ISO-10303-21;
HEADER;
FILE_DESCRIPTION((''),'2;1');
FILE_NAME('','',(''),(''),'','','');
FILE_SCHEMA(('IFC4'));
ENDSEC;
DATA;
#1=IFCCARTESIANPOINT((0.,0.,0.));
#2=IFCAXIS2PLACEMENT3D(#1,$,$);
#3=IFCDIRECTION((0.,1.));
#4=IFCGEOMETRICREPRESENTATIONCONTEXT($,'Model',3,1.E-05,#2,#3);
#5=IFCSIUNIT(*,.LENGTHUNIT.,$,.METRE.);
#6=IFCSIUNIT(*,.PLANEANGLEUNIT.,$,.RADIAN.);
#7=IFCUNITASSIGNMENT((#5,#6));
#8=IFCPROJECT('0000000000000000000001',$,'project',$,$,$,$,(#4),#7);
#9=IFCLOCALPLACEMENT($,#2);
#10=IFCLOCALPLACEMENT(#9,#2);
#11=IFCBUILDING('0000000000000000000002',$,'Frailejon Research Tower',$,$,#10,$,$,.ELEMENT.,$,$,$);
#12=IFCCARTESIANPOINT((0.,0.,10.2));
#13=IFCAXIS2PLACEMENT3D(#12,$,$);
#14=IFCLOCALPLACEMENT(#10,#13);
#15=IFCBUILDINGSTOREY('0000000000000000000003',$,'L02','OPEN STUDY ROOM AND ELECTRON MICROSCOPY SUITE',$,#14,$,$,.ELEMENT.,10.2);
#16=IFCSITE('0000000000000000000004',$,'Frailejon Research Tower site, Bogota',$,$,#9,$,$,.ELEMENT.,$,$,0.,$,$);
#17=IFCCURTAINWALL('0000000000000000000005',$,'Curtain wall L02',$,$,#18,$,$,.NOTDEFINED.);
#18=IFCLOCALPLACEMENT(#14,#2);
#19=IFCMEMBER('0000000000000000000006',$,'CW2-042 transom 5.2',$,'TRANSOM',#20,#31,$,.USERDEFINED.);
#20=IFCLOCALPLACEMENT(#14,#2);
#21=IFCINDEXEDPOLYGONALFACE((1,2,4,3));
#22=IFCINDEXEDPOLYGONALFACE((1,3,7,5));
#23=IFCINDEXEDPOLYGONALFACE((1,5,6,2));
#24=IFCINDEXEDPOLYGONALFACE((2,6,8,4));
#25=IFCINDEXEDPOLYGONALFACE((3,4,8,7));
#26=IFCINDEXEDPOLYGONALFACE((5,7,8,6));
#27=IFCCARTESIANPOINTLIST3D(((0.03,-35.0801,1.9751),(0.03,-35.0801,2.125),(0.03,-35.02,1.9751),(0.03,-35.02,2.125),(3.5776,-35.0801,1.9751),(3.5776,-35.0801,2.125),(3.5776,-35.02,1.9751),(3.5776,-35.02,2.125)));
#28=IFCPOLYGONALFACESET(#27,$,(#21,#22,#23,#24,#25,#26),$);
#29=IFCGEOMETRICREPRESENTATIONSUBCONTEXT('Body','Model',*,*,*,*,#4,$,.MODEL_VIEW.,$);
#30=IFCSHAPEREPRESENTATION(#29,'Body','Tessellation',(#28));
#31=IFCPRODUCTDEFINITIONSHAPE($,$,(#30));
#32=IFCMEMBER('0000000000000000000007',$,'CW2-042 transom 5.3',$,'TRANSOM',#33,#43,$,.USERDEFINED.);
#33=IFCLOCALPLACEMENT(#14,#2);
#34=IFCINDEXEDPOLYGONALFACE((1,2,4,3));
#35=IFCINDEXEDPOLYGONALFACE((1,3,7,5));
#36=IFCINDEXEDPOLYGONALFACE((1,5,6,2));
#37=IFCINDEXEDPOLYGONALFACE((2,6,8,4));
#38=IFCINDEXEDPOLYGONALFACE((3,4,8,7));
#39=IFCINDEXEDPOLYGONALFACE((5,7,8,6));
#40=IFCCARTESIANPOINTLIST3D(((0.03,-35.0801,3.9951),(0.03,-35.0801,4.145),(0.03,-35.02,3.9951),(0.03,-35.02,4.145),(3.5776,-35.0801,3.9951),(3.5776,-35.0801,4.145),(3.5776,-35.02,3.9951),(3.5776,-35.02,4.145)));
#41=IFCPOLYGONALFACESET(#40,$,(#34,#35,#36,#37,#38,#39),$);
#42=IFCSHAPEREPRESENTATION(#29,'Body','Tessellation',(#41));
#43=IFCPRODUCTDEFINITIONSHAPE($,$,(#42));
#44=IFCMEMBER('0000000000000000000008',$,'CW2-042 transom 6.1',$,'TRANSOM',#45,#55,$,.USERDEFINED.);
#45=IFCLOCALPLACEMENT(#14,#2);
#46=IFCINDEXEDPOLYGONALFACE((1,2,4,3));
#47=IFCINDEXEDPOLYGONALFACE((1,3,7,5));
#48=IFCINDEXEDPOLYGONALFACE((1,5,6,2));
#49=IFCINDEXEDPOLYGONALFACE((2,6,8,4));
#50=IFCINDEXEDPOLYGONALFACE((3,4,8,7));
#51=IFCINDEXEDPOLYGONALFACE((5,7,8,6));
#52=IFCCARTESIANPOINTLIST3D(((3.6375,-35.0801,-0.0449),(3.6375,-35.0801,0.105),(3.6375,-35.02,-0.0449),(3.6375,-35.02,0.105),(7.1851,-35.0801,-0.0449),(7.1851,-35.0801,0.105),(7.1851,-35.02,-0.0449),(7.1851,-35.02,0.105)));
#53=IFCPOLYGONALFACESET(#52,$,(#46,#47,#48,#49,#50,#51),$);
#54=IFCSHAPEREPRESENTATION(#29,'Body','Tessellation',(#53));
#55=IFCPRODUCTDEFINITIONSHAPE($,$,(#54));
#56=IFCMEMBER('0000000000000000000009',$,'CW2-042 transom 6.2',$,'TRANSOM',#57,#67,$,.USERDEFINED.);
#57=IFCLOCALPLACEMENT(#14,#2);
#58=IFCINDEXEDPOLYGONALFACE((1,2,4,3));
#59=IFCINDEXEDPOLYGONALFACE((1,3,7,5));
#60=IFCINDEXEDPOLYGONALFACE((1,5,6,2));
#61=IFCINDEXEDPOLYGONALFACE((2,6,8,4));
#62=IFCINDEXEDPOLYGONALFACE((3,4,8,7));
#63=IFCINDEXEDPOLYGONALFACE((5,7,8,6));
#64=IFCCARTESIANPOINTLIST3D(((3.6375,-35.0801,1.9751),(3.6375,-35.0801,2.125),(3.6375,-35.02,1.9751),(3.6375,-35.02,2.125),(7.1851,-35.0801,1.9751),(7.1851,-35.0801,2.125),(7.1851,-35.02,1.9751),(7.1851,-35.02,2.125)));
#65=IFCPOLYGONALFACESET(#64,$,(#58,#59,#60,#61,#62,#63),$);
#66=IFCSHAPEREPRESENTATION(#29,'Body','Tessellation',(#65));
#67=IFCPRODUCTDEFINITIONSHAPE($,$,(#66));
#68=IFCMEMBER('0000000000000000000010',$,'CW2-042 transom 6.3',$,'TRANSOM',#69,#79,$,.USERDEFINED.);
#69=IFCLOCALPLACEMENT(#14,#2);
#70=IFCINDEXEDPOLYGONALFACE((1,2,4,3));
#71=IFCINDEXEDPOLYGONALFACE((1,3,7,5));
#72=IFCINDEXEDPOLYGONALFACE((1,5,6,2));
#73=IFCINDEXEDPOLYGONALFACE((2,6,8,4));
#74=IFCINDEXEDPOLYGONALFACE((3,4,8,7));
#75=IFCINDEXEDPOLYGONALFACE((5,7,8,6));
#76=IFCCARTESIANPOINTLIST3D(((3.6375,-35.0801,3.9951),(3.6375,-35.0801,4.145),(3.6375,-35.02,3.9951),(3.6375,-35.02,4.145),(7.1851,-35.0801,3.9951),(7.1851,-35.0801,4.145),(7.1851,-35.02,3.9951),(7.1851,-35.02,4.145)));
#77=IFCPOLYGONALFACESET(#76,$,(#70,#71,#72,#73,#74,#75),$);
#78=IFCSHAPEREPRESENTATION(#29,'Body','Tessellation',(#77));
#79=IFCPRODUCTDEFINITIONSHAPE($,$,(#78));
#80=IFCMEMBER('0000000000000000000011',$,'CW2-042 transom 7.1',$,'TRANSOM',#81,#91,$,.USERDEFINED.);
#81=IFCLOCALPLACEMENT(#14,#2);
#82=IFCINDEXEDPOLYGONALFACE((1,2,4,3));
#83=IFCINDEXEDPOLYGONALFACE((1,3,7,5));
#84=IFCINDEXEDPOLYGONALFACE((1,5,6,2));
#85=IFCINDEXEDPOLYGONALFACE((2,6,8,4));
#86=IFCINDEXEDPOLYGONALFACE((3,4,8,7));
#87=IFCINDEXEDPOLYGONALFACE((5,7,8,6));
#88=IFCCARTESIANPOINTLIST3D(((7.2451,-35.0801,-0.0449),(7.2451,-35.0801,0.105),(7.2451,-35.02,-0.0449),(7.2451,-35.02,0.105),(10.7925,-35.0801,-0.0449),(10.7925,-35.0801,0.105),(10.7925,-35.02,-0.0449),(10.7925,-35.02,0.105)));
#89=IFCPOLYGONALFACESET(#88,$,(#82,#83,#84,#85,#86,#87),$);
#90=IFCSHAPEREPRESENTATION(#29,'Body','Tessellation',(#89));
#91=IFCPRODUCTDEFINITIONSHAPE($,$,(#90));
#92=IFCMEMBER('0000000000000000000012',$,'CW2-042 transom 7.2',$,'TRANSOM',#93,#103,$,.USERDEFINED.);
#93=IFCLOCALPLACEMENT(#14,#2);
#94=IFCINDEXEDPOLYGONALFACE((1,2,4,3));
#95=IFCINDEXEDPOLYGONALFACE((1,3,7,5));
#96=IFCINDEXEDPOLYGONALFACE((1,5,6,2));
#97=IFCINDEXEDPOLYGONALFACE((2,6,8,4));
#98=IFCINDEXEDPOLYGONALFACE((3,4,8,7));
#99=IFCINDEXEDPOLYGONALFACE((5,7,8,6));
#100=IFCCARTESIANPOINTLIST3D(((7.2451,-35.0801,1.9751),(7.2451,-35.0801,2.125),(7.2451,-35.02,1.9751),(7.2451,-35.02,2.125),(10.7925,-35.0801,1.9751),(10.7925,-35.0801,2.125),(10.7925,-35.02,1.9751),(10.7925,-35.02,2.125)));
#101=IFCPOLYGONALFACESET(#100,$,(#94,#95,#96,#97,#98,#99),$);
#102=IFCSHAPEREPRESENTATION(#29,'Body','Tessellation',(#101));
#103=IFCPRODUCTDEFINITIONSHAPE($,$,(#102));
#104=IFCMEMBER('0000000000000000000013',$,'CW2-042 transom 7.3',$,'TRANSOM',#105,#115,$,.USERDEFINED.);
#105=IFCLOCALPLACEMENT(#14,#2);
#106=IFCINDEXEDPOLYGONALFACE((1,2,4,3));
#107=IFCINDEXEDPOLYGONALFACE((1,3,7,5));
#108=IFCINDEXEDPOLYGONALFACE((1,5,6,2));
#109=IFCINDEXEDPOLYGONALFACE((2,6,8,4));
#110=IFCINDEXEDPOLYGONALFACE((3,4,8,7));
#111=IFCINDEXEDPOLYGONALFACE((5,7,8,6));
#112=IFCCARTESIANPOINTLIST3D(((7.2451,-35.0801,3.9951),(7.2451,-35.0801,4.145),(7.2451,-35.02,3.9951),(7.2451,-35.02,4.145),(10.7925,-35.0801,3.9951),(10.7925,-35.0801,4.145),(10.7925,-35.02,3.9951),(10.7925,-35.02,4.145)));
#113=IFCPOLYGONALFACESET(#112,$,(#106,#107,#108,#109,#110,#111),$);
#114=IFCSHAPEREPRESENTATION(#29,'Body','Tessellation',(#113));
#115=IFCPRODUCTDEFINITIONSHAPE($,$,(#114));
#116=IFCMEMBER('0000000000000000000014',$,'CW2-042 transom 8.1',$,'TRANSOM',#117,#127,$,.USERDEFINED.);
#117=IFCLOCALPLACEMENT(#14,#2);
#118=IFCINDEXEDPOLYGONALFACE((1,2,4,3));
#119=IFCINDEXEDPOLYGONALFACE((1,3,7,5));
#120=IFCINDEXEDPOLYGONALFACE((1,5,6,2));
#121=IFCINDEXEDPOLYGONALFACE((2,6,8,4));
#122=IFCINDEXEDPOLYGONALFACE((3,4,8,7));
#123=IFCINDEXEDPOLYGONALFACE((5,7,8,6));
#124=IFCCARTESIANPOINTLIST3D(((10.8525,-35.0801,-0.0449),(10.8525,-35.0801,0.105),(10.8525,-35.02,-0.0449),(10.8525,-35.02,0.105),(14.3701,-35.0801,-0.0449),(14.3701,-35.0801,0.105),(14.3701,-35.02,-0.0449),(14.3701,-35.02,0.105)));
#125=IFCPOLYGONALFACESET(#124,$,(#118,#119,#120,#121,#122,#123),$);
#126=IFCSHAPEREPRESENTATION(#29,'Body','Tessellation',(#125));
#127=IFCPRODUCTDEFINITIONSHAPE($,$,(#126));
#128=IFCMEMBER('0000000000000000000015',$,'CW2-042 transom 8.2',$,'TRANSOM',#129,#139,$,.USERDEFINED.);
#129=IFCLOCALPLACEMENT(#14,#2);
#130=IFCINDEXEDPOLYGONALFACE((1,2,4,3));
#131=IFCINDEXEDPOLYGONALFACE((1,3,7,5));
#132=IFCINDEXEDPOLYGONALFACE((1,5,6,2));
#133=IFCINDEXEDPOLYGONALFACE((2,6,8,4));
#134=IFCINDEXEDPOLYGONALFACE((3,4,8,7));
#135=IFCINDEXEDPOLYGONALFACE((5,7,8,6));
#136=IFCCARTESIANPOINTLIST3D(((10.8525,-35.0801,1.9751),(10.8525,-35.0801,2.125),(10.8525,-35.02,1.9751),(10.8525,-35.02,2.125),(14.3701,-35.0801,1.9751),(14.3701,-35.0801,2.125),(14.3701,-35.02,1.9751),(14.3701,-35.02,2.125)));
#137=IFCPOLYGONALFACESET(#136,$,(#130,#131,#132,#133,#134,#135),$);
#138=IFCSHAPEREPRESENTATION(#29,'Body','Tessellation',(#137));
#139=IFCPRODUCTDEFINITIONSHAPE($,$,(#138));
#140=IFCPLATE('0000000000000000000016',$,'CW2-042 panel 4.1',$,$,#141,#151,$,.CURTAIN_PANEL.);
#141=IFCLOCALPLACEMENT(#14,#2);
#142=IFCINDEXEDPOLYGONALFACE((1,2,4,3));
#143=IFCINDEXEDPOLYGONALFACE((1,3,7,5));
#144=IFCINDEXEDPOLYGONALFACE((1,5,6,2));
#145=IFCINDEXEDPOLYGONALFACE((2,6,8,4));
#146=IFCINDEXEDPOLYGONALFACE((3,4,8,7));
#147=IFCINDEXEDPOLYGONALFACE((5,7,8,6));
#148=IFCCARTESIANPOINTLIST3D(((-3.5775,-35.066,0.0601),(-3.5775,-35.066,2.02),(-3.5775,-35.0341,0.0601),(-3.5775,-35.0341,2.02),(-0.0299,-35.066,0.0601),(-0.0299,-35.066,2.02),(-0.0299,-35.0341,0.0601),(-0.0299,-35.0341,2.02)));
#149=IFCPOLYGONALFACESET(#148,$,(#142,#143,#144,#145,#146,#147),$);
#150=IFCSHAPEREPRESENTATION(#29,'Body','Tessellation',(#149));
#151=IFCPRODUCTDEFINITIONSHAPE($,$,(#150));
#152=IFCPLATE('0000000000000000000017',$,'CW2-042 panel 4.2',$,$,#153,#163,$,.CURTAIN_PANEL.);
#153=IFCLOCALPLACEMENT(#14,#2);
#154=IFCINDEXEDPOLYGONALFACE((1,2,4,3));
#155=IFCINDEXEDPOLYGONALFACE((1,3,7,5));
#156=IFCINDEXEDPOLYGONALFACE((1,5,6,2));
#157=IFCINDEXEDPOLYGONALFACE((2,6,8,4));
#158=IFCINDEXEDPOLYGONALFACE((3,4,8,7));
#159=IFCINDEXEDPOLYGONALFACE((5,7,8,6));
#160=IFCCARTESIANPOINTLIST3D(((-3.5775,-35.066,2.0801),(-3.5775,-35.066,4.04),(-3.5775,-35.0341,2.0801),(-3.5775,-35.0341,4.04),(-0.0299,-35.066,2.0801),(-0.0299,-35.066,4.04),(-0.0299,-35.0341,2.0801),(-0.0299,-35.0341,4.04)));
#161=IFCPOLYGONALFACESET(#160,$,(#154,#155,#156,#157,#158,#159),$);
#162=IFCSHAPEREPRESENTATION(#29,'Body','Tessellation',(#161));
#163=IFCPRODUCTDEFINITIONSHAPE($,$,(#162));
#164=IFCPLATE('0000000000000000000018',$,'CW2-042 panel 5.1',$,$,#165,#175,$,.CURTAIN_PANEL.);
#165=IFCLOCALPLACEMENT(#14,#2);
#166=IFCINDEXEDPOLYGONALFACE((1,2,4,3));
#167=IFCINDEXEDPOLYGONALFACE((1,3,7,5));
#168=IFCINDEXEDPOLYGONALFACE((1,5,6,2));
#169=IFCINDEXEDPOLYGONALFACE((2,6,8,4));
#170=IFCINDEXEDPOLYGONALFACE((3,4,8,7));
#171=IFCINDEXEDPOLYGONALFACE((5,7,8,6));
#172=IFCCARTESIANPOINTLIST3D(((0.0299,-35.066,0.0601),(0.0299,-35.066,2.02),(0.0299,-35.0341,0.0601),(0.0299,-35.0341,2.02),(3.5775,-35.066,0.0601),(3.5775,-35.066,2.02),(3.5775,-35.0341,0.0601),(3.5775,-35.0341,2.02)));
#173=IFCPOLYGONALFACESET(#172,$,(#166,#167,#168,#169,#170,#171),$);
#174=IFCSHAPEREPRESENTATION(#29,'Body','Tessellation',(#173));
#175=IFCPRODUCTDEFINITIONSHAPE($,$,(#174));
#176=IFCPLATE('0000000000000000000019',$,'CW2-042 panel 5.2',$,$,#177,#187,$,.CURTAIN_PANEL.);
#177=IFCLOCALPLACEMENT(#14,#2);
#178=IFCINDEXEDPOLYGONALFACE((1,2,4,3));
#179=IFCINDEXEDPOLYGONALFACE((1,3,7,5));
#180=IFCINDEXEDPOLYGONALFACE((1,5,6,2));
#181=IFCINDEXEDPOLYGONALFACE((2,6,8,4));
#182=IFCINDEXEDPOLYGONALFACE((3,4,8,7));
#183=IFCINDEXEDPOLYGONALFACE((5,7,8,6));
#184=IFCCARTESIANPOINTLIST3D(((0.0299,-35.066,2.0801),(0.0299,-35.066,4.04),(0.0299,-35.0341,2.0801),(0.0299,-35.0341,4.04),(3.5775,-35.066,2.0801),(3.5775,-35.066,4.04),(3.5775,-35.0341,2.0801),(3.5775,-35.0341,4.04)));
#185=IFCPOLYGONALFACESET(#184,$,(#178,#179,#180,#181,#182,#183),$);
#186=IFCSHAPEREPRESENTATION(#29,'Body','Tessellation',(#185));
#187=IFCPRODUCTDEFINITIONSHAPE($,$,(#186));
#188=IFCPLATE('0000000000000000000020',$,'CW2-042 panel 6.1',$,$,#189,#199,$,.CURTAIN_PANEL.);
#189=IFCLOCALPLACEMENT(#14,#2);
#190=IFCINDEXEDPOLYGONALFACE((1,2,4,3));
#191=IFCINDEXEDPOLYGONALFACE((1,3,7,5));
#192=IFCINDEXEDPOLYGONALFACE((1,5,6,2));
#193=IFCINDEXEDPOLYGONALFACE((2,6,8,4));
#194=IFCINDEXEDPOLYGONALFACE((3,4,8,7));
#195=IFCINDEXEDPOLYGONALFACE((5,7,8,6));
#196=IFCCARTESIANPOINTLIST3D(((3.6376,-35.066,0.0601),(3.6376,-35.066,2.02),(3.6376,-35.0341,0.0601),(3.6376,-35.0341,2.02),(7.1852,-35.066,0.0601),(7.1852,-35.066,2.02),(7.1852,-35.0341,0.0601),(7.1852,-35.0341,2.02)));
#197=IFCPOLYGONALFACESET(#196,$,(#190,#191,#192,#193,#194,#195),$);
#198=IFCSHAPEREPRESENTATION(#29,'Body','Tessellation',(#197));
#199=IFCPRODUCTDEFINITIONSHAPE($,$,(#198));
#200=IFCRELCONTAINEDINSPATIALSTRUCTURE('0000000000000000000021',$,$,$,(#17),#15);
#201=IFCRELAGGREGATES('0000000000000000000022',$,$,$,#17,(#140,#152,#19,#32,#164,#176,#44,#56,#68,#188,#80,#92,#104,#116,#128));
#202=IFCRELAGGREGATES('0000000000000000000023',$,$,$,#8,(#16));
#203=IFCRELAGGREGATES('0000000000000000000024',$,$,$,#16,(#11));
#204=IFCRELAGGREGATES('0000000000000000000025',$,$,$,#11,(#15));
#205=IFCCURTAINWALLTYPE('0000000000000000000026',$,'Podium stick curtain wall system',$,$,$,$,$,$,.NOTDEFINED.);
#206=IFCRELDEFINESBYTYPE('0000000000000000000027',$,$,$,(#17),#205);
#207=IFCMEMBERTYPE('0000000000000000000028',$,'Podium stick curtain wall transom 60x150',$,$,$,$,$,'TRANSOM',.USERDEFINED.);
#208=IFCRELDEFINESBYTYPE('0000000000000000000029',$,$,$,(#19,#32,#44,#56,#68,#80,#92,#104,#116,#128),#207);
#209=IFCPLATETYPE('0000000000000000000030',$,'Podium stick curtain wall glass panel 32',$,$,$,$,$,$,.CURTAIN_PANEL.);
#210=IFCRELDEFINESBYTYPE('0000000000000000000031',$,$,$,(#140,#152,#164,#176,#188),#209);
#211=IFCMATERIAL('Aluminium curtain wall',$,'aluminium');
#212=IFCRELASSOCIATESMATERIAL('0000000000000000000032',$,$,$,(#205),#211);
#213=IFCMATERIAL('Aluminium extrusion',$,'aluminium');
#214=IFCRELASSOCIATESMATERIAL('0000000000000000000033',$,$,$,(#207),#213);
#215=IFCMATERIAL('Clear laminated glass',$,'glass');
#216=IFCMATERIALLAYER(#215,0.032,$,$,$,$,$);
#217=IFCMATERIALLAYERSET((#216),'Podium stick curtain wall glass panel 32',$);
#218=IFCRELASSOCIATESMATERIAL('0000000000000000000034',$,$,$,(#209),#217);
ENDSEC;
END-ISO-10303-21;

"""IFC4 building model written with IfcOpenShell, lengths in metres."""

from ifc_helpers import new_model, si_unit, direction, frame, origin, origin_2d, place, context, subcontext, project, spatial, rectangle, extrude, material, layer, layer_set, material_profile, profile_set, type_object, element, aggregate, save


model = new_model("IFC4")

# Units and contexts
model_context = context("Model", 3, precision=1e-05, world=origin(), true_north=direction((0.0, 1.0)))
body_context = subcontext(model_context, "Body", "Model", "MODEL_VIEW")
ifc_project = project(units=[si_unit("LENGTHUNIT", "METRE"), si_unit("PLANEANGLEUNIT", "RADIAN")], contexts=[model_context])

# Site, building, storey
site_placement = place(None, origin())
site = spatial("IfcSite", under=ifc_project, at=site_placement, Name="Frailejon Research Tower site, Bogota", CompositionType="ELEMENT", RefElevation=0.0)
building_placement = place(site_placement, origin())
building = spatial("IfcBuilding", under=site, at=building_placement, Name="Frailejon Research Tower", CompositionType="ELEMENT")
storey_placement = place(building_placement, frame((0.0, 0.0, 10.2)))
storey = spatial("IfcBuildingStorey", under=building, at=storey_placement, Name="L02", Description="OPEN STUDY ROOM AND ELECTRON MICROSCOPY SUITE", CompositionType="ELEMENT", Elevation=10.2)

# Curtain wall, members, plates
ifc_material_1 = material(Name="Aluminium curtain wall", Category="aluminium")
curtain_wall_type = type_object("IfcCurtainWallType", Name="Podium stick curtain wall system", PredefinedType="NOTDEFINED", material=ifc_material_1)
curtain_wall_placement = place(storey_placement, origin())
curtain_wall = element("IfcCurtainWall", 1, at=curtain_wall_placement, inside=storey, type_object=curtain_wall_type, Name="Curtain wall L02", PredefinedType="NOTDEFINED")
ifc_material_2 = material(Name="Aluminium extrusion", Category="aluminium")
ifc_material_profile_1 = material_profile(ifc_material_2, rectangle(XDim=0.0601, YDim=0.1499, at=origin_2d()), Name="Podium stick curtain wall transom 60x150")
ifc_profile_set_1 = profile_set([ifc_material_profile_1], Name="Aluminium extrusion")
member_type_1 = type_object("IfcMemberType", Name="Podium stick curtain wall transom 60x150", ElementType="TRANSOM", PredefinedType="USERDEFINED", material=ifc_profile_set_1)
member_1_placement = place(storey_placement, frame((0.03, -35.05, 2.05), z_axis=(1.0, 0.0, 0.0), x_axis=(0.0, 1.0, 0.0)))
member_1 = element("IfcMember", 2, at=member_1_placement, type_object=member_type_1, Name="CW2-042 transom 5.2", ObjectType="TRANSOM", PredefinedType="USERDEFINED", context=body_context, shape_type="SweptSolid", body=[
    extrude(rectangle(XDim=0.0601, YDim=0.1499, at=origin_2d()), origin(), (0.0, 0.0, 1.0), 3.5476),
])
member_2_placement = place(storey_placement, frame((0.03, -35.05, 4.0701), z_axis=(1.0, 0.0, 0.0), x_axis=(0.0, 1.0, 0.0)))
member_2 = element("IfcMember", 3, at=member_2_placement, type_object=member_type_1, Name="CW2-042 transom 5.3", ObjectType="TRANSOM", PredefinedType="USERDEFINED", context=body_context, shape_type="SweptSolid", body=[
    extrude(rectangle(XDim=0.0601, YDim=0.1499, at=origin_2d()), origin(), (0.0, 0.0, 1.0), 3.5476),
])
member_3_placement = place(storey_placement, frame((3.6375, -35.05, 0.03), z_axis=(1.0, 0.0, 0.0), x_axis=(0.0, 1.0, 0.0)))
member_3 = element("IfcMember", 4, at=member_3_placement, type_object=member_type_1, Name="CW2-042 transom 6.1", ObjectType="TRANSOM", PredefinedType="USERDEFINED", context=body_context, shape_type="SweptSolid", body=[
    extrude(rectangle(XDim=0.0601, YDim=0.1499, at=origin_2d()), origin(), (0.0, 0.0, 1.0), 3.5476),
])
member_4_placement = place(storey_placement, frame((3.6375, -35.05, 2.05), z_axis=(1.0, 0.0, 0.0), x_axis=(0.0, 1.0, 0.0)))
member_4 = element("IfcMember", 5, at=member_4_placement, type_object=member_type_1, Name="CW2-042 transom 6.2", ObjectType="TRANSOM", PredefinedType="USERDEFINED", context=body_context, shape_type="SweptSolid", body=[
    extrude(rectangle(XDim=0.0601, YDim=0.1499, at=origin_2d()), origin(), (0.0, 0.0, 1.0), 3.5476),
])
member_5_placement = place(storey_placement, frame((3.6375, -35.05, 4.0701), z_axis=(1.0, 0.0, 0.0), x_axis=(0.0, 1.0, 0.0)))
member_5 = element("IfcMember", 6, at=member_5_placement, type_object=member_type_1, Name="CW2-042 transom 6.3", ObjectType="TRANSOM", PredefinedType="USERDEFINED", context=body_context, shape_type="SweptSolid", body=[
    extrude(rectangle(XDim=0.0601, YDim=0.1499, at=origin_2d()), origin(), (0.0, 0.0, 1.0), 3.5476),
])
member_6_placement = place(storey_placement, frame((7.2451, -35.05, 0.03), z_axis=(1.0, 0.0, 0.0), x_axis=(0.0, 1.0, 0.0)))
member_6 = element("IfcMember", 7, at=member_6_placement, type_object=member_type_1, Name="CW2-042 transom 7.1", ObjectType="TRANSOM", PredefinedType="USERDEFINED", context=body_context, shape_type="SweptSolid", body=[
    extrude(rectangle(XDim=0.0601, YDim=0.1499, at=origin_2d()), origin(), (0.0, 0.0, 1.0), 3.5474),
])
member_7_placement = place(storey_placement, frame((7.2451, -35.05, 2.05), z_axis=(1.0, 0.0, 0.0), x_axis=(0.0, 1.0, 0.0)))
member_7 = element("IfcMember", 8, at=member_7_placement, type_object=member_type_1, Name="CW2-042 transom 7.2", ObjectType="TRANSOM", PredefinedType="USERDEFINED", context=body_context, shape_type="SweptSolid", body=[
    extrude(rectangle(XDim=0.0601, YDim=0.1499, at=origin_2d()), origin(), (0.0, 0.0, 1.0), 3.5474),
])
member_8_placement = place(storey_placement, frame((7.2451, -35.05, 4.0701), z_axis=(1.0, 0.0, 0.0), x_axis=(0.0, 1.0, 0.0)))
member_8 = element("IfcMember", 9, at=member_8_placement, type_object=member_type_1, Name="CW2-042 transom 7.3", ObjectType="TRANSOM", PredefinedType="USERDEFINED", context=body_context, shape_type="SweptSolid", body=[
    extrude(rectangle(XDim=0.0601, YDim=0.1499, at=origin_2d()), origin(), (0.0, 0.0, 1.0), 3.5474),
])
member_9_placement = place(storey_placement, frame((10.8525, -35.05, 0.03), z_axis=(1.0, 0.0, 0.0), x_axis=(0.0, 1.0, 0.0)))
member_9 = element("IfcMember", 10, at=member_9_placement, type_object=member_type_1, Name="CW2-042 transom 8.1", ObjectType="TRANSOM", PredefinedType="USERDEFINED", context=body_context, shape_type="SweptSolid", body=[
    extrude(rectangle(XDim=0.0601, YDim=0.1499, at=origin_2d()), origin(), (0.0, 0.0, 1.0), 3.5176),
])
member_10_placement = place(storey_placement, frame((10.8525, -35.05, 2.05), z_axis=(1.0, 0.0, 0.0), x_axis=(0.0, 1.0, 0.0)))
member_10 = element("IfcMember", 11, at=member_10_placement, type_object=member_type_1, Name="CW2-042 transom 8.2", ObjectType="TRANSOM", PredefinedType="USERDEFINED", context=body_context, shape_type="SweptSolid", body=[
    extrude(rectangle(XDim=0.0601, YDim=0.1499, at=origin_2d()), origin(), (0.0, 0.0, 1.0), 3.5176),
])
ifc_material_3 = material(Name="Clear laminated glass", Category="glass")
ifc_layer_1 = layer(ifc_material_3, 0.032)
ifc_layer_set_1 = layer_set([ifc_layer_1], Name="Podium stick curtain wall glass panel 32")
plate_type = type_object("IfcPlateType", Name="Podium stick curtain wall glass panel 32", PredefinedType="CURTAIN_PANEL", material=ifc_layer_set_1)
plate_1_placement = place(storey_placement, frame((-1.8037, -35.05, 0.0601), z_axis=(0.0, 0.0, 1.0), x_axis=(1.0, 0.0, 0.0)))
plate_1 = element("IfcPlate", 12, at=plate_1_placement, type_object=plate_type, Name="CW2-042 panel 4.1", PredefinedType="CURTAIN_PANEL", context=body_context, shape_type="SweptSolid", body=[
    extrude(rectangle(XDim=3.5476, YDim=0.032, at=origin_2d()), origin(), (0.0, 0.0, 1.0), 1.96),
])
plate_2_placement = place(storey_placement, frame((-1.8037, -35.05, 2.0801), z_axis=(0.0, 0.0, 1.0), x_axis=(1.0, 0.0, 0.0)))
plate_2 = element("IfcPlate", 13, at=plate_2_placement, type_object=plate_type, Name="CW2-042 panel 4.2", PredefinedType="CURTAIN_PANEL", context=body_context, shape_type="SweptSolid", body=[
    extrude(rectangle(XDim=3.5476, YDim=0.032, at=origin_2d()), origin(), (0.0, 0.0, 1.0), 1.96),
])
plate_3_placement = place(storey_placement, frame((1.8037, -35.05, 0.0601), z_axis=(0.0, 0.0, 1.0), x_axis=(1.0, 0.0, 0.0)))
plate_3 = element("IfcPlate", 14, at=plate_3_placement, type_object=plate_type, Name="CW2-042 panel 5.1", PredefinedType="CURTAIN_PANEL", context=body_context, shape_type="SweptSolid", body=[
    extrude(rectangle(XDim=3.5476, YDim=0.032, at=origin_2d()), origin(), (0.0, 0.0, 1.0), 1.96),
])
plate_4_placement = place(storey_placement, frame((1.8037, -35.05, 2.0801), z_axis=(0.0, 0.0, 1.0), x_axis=(1.0, 0.0, 0.0)))
plate_4 = element("IfcPlate", 15, at=plate_4_placement, type_object=plate_type, Name="CW2-042 panel 5.2", PredefinedType="CURTAIN_PANEL", context=body_context, shape_type="SweptSolid", body=[
    extrude(rectangle(XDim=3.5476, YDim=0.032, at=origin_2d()), origin(), (0.0, 0.0, 1.0), 1.96),
])
plate_5_placement = place(storey_placement, frame((5.4114, -35.05, 0.0601), z_axis=(0.0, 0.0, 1.0), x_axis=(1.0, 0.0, 0.0)))
plate_5 = element("IfcPlate", 16, at=plate_5_placement, type_object=plate_type, Name="CW2-042 panel 6.1", PredefinedType="CURTAIN_PANEL", context=body_context, shape_type="SweptSolid", body=[
    extrude(rectangle(XDim=3.5476, YDim=0.032, at=origin_2d()), origin(), (0.0, 0.0, 1.0), 1.96),
])
aggregate(curtain_wall, [plate_1, plate_2, member_1, member_2, plate_3, plate_4, member_3, member_4, member_5, plate_5, member_6, member_7, member_8, member_9, member_10])

save(model, "model.ifc")
